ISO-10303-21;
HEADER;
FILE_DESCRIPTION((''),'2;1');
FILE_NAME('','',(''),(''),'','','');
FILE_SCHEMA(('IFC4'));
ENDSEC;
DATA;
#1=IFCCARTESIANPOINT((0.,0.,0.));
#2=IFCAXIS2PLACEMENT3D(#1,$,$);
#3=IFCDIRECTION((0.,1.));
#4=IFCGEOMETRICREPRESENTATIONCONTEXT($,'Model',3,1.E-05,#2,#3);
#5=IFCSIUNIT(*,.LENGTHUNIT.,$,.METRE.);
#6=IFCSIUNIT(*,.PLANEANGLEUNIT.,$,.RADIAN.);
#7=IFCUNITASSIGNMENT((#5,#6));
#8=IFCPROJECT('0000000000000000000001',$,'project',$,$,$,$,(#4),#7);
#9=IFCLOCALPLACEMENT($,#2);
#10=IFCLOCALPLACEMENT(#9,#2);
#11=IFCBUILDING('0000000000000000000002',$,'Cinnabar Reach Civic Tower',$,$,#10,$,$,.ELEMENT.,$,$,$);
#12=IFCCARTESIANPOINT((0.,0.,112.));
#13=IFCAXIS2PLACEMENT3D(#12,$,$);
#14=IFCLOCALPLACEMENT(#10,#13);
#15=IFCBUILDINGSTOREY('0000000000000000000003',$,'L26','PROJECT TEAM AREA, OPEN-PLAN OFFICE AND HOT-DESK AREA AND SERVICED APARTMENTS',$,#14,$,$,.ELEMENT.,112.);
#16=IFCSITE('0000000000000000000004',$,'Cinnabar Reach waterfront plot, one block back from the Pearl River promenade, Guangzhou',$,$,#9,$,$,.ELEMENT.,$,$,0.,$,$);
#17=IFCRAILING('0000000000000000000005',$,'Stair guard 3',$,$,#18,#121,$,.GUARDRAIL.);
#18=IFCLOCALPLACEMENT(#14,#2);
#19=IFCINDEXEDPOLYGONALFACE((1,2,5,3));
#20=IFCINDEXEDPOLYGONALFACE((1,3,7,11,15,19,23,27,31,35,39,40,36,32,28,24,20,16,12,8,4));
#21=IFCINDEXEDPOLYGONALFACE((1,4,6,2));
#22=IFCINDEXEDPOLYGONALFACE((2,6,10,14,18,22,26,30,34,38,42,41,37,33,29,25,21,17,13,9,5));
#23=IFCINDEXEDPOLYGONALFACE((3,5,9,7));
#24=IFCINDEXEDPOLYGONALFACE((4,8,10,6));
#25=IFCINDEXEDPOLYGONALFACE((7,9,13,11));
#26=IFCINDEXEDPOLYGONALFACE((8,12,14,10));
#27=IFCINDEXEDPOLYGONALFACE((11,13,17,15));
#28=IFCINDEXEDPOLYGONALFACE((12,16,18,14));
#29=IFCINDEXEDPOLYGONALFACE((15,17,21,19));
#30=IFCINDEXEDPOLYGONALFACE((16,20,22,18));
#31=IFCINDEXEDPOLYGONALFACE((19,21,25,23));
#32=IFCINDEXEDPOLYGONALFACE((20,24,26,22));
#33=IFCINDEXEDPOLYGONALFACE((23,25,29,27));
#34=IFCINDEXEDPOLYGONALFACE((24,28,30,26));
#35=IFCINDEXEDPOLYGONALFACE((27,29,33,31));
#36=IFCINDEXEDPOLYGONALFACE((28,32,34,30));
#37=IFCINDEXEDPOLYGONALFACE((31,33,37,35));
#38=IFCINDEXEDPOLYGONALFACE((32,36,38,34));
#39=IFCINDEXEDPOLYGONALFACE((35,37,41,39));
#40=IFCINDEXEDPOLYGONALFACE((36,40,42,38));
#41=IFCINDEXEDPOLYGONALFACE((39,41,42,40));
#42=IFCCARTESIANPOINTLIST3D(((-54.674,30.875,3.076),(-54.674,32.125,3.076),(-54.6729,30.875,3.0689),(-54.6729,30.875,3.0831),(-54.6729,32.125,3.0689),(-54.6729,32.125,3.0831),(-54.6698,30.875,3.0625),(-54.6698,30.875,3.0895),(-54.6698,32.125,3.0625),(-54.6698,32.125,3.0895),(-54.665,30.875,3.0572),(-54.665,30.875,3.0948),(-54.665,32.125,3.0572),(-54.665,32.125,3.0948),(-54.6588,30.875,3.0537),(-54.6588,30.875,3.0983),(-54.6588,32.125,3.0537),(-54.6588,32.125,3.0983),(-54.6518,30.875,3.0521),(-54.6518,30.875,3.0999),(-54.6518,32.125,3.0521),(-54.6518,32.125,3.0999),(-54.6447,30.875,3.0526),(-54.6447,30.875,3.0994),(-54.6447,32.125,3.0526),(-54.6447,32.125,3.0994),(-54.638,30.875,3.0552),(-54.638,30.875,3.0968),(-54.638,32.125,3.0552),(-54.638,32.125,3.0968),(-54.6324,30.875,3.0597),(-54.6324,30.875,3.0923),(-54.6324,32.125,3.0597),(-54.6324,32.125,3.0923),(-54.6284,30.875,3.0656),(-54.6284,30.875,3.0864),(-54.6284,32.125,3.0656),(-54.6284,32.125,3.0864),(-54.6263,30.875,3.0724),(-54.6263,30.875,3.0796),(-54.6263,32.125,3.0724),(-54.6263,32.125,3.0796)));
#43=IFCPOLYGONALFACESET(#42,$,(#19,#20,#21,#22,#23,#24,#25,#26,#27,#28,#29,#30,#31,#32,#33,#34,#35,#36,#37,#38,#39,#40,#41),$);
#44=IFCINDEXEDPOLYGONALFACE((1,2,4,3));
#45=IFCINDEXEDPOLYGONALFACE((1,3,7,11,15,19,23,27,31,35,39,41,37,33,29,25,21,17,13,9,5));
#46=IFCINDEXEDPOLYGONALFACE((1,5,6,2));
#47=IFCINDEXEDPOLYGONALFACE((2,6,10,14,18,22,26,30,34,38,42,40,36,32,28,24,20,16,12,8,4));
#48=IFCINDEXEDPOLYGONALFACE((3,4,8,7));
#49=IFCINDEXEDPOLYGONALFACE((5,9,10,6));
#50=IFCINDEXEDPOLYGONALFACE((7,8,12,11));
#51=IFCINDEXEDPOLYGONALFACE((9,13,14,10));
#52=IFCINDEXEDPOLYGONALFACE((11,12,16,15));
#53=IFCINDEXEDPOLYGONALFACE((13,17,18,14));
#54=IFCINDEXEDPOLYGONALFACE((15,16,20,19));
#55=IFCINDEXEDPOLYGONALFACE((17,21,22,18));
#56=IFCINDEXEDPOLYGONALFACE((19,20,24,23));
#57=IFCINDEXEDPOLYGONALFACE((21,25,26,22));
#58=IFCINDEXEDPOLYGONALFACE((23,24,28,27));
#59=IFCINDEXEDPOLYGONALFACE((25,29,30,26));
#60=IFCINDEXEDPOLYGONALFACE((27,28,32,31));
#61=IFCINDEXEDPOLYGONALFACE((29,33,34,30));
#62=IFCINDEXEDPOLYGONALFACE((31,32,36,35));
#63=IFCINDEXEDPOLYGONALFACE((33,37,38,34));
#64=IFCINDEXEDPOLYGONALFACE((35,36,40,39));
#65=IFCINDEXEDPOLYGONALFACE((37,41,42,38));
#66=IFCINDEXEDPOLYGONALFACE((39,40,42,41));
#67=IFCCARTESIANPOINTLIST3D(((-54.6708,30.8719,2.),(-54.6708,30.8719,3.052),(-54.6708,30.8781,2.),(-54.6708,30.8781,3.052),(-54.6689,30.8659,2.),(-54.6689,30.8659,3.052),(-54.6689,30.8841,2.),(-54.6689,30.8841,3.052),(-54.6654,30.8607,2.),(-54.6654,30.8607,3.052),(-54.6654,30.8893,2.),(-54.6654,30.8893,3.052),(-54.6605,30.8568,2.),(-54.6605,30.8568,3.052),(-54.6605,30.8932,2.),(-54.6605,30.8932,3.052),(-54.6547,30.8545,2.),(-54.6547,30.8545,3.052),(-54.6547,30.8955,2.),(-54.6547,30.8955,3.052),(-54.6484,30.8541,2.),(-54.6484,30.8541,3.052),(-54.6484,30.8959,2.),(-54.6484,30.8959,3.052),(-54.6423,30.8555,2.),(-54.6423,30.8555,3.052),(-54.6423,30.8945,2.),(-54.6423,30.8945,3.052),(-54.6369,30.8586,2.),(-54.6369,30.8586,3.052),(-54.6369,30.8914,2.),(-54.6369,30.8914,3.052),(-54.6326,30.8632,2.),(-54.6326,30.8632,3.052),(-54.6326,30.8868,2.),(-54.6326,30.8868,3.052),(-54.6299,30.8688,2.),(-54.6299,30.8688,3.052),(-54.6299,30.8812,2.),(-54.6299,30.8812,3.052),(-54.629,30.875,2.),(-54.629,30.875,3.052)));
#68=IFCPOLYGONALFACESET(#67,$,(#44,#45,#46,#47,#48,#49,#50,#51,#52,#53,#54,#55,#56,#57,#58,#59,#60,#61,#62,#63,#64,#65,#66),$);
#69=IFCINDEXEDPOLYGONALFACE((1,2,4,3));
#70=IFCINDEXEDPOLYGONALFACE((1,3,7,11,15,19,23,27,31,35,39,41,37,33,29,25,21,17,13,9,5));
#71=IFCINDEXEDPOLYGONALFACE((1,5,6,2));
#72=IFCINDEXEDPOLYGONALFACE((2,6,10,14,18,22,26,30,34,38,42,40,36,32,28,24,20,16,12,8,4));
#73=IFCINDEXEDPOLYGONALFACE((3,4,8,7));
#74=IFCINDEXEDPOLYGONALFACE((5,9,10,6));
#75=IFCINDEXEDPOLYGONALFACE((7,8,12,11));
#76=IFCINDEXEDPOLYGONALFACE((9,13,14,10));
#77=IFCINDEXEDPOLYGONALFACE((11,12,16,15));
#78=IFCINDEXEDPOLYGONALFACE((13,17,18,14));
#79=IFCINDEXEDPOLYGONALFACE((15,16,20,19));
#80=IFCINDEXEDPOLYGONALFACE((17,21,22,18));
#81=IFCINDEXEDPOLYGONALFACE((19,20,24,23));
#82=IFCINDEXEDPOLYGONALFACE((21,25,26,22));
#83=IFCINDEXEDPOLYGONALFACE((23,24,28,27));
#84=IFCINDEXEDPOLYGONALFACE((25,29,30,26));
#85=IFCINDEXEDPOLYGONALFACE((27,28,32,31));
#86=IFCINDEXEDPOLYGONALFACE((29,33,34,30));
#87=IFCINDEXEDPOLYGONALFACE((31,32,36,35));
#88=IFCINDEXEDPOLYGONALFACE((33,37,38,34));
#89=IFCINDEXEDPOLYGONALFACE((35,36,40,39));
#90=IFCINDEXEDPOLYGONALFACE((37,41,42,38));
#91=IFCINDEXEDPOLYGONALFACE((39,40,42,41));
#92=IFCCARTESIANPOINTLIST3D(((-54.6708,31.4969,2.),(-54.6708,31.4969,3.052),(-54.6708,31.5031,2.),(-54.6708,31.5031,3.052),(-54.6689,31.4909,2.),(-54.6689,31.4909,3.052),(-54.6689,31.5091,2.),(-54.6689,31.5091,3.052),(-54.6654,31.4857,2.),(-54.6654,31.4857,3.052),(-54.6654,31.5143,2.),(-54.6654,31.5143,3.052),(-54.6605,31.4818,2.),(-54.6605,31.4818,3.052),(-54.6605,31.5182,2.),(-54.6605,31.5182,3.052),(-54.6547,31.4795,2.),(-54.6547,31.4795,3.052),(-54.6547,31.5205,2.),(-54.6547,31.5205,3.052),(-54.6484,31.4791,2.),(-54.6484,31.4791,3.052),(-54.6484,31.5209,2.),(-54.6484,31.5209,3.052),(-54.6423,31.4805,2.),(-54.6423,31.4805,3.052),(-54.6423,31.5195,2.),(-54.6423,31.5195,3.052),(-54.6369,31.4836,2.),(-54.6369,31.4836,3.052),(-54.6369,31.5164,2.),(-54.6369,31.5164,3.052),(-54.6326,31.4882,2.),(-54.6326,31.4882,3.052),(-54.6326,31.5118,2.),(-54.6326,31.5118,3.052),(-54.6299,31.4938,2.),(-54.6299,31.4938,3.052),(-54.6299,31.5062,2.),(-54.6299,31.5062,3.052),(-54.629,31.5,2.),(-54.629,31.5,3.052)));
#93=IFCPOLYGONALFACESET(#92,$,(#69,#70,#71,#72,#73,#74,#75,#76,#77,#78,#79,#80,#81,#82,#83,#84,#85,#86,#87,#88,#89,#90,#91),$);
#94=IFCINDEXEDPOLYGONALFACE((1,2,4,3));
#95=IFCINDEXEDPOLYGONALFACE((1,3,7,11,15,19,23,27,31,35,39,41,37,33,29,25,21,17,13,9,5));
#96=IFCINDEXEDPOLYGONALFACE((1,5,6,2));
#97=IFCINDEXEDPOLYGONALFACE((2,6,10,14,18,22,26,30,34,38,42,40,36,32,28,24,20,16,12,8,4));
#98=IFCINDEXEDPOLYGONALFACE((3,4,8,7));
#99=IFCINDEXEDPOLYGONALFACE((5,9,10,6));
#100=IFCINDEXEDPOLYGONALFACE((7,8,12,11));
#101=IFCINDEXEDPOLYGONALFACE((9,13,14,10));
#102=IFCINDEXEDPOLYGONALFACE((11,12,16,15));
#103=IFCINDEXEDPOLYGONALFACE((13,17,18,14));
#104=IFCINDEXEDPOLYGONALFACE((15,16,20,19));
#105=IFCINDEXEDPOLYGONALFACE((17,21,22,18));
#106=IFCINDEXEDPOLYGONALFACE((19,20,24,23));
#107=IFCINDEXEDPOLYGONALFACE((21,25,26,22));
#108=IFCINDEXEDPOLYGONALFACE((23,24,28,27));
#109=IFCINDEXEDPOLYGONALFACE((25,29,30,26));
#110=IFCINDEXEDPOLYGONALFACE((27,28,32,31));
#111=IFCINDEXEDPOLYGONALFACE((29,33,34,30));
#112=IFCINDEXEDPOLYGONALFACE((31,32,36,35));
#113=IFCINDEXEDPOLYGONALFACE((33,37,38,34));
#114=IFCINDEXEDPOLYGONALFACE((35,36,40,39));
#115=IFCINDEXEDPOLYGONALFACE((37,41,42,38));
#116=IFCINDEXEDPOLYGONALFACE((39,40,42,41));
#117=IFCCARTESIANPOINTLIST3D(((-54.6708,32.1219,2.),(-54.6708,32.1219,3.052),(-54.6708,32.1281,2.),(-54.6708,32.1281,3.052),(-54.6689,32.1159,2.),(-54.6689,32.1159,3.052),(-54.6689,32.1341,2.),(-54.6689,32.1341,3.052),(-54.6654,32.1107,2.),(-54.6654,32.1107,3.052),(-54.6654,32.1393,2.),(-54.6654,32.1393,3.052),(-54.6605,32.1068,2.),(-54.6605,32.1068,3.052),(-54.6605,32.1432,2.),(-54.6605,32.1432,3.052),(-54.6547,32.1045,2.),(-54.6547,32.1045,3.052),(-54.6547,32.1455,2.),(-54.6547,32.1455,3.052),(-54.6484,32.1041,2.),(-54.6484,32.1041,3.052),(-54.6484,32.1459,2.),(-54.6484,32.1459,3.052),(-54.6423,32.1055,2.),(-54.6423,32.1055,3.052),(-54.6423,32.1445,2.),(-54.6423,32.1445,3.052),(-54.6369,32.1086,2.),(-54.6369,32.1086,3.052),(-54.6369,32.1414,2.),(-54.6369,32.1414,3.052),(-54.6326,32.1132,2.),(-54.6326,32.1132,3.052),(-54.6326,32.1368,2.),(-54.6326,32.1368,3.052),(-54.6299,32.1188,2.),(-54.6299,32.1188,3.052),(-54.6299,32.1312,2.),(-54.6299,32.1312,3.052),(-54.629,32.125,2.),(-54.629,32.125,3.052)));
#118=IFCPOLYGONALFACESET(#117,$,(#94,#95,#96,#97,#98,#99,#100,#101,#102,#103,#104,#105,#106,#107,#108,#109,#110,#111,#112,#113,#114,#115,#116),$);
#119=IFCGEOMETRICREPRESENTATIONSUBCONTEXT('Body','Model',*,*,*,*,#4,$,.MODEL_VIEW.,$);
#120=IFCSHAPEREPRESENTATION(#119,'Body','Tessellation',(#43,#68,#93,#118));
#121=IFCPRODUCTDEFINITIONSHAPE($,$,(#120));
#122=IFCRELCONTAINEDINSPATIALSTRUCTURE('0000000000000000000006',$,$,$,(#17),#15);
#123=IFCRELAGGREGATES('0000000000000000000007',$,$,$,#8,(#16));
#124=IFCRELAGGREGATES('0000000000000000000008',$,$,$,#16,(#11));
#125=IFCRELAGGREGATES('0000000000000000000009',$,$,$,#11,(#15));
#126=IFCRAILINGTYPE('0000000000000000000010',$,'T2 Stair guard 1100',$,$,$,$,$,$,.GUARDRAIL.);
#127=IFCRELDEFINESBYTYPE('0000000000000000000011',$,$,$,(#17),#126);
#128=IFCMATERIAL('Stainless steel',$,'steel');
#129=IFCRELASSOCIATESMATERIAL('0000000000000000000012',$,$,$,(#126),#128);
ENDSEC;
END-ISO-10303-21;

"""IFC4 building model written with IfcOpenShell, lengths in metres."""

from ifc_helpers import new_model, si_unit, direction, frame, origin, origin_2d, place, context, subcontext, project, spatial, circle, extrude, material, type_object, element, save


model = new_model("IFC4")

# Units and contexts
model_context = context("Model", 3, precision=1e-05, world=origin(), true_north=direction((0.0, 1.0)))
body_context = subcontext(model_context, "Body", "Model", "MODEL_VIEW")
ifc_project = project(units=[si_unit("LENGTHUNIT", "METRE"), si_unit("PLANEANGLEUNIT", "RADIAN")], contexts=[model_context])

# Site, building, storey
site_placement = place(None, origin())
site = spatial("IfcSite", under=ifc_project, at=site_placement, Name="Cinnabar Reach waterfront plot, one block back from the Pearl River promenade, Guangzhou", CompositionType="ELEMENT", RefElevation=0.0)
building_placement = place(site_placement, origin())
building = spatial("IfcBuilding", under=site, at=building_placement, Name="Cinnabar Reach Civic Tower", CompositionType="ELEMENT")
storey_placement = place(building_placement, frame((0.0, 0.0, 112.0)))
storey = spatial("IfcBuildingStorey", under=building, at=storey_placement, Name="L26", Description="PROJECT TEAM AREA, OPEN-PLAN OFFICE AND HOT-DESK AREA AND SERVICED APARTMENTS", CompositionType="ELEMENT", Elevation=112.0)

# Railing
ifc_material_1 = material(Name="Stainless steel", Category="steel")
railing_type = type_object("IfcRailingType", Name="T2 Stair guard 1100", PredefinedType="GUARDRAIL", material=ifc_material_1)
for number, where, name in (
    (1, (-54.65, 30.875, 2.0), "Stair guard 3"),
):
    element("IfcRailing", number, at=place(storey_placement, frame(where)), inside=storey, type_object=railing_type, Name=name, PredefinedType="GUARDRAIL", context=body_context, shape_type="SweptSolid", body=[
        extrude(circle(Radius=0.024, at=origin_2d()), frame((0.0, 0.0, 1.076), z_axis=(0.0, 1.0, 0.0), x_axis=(-1.0, 0.0, 0.0)), (0.0, 0.0, 1.0), 1.25),
        extrude(circle(Radius=0.021, at=origin_2d()), origin(), (0.0, 0.0, 1.0), 1.052),
        extrude(circle(Radius=0.021, at=origin_2d()), frame((0.0, 0.625, 0.0)), (0.0, 0.0, 1.0), 1.052),
        extrude(circle(Radius=0.021, at=origin_2d()), frame((0.0, 1.25, 0.0)), (0.0, 0.0, 1.0), 1.052),
    ])

save(model, "model.ifc")
